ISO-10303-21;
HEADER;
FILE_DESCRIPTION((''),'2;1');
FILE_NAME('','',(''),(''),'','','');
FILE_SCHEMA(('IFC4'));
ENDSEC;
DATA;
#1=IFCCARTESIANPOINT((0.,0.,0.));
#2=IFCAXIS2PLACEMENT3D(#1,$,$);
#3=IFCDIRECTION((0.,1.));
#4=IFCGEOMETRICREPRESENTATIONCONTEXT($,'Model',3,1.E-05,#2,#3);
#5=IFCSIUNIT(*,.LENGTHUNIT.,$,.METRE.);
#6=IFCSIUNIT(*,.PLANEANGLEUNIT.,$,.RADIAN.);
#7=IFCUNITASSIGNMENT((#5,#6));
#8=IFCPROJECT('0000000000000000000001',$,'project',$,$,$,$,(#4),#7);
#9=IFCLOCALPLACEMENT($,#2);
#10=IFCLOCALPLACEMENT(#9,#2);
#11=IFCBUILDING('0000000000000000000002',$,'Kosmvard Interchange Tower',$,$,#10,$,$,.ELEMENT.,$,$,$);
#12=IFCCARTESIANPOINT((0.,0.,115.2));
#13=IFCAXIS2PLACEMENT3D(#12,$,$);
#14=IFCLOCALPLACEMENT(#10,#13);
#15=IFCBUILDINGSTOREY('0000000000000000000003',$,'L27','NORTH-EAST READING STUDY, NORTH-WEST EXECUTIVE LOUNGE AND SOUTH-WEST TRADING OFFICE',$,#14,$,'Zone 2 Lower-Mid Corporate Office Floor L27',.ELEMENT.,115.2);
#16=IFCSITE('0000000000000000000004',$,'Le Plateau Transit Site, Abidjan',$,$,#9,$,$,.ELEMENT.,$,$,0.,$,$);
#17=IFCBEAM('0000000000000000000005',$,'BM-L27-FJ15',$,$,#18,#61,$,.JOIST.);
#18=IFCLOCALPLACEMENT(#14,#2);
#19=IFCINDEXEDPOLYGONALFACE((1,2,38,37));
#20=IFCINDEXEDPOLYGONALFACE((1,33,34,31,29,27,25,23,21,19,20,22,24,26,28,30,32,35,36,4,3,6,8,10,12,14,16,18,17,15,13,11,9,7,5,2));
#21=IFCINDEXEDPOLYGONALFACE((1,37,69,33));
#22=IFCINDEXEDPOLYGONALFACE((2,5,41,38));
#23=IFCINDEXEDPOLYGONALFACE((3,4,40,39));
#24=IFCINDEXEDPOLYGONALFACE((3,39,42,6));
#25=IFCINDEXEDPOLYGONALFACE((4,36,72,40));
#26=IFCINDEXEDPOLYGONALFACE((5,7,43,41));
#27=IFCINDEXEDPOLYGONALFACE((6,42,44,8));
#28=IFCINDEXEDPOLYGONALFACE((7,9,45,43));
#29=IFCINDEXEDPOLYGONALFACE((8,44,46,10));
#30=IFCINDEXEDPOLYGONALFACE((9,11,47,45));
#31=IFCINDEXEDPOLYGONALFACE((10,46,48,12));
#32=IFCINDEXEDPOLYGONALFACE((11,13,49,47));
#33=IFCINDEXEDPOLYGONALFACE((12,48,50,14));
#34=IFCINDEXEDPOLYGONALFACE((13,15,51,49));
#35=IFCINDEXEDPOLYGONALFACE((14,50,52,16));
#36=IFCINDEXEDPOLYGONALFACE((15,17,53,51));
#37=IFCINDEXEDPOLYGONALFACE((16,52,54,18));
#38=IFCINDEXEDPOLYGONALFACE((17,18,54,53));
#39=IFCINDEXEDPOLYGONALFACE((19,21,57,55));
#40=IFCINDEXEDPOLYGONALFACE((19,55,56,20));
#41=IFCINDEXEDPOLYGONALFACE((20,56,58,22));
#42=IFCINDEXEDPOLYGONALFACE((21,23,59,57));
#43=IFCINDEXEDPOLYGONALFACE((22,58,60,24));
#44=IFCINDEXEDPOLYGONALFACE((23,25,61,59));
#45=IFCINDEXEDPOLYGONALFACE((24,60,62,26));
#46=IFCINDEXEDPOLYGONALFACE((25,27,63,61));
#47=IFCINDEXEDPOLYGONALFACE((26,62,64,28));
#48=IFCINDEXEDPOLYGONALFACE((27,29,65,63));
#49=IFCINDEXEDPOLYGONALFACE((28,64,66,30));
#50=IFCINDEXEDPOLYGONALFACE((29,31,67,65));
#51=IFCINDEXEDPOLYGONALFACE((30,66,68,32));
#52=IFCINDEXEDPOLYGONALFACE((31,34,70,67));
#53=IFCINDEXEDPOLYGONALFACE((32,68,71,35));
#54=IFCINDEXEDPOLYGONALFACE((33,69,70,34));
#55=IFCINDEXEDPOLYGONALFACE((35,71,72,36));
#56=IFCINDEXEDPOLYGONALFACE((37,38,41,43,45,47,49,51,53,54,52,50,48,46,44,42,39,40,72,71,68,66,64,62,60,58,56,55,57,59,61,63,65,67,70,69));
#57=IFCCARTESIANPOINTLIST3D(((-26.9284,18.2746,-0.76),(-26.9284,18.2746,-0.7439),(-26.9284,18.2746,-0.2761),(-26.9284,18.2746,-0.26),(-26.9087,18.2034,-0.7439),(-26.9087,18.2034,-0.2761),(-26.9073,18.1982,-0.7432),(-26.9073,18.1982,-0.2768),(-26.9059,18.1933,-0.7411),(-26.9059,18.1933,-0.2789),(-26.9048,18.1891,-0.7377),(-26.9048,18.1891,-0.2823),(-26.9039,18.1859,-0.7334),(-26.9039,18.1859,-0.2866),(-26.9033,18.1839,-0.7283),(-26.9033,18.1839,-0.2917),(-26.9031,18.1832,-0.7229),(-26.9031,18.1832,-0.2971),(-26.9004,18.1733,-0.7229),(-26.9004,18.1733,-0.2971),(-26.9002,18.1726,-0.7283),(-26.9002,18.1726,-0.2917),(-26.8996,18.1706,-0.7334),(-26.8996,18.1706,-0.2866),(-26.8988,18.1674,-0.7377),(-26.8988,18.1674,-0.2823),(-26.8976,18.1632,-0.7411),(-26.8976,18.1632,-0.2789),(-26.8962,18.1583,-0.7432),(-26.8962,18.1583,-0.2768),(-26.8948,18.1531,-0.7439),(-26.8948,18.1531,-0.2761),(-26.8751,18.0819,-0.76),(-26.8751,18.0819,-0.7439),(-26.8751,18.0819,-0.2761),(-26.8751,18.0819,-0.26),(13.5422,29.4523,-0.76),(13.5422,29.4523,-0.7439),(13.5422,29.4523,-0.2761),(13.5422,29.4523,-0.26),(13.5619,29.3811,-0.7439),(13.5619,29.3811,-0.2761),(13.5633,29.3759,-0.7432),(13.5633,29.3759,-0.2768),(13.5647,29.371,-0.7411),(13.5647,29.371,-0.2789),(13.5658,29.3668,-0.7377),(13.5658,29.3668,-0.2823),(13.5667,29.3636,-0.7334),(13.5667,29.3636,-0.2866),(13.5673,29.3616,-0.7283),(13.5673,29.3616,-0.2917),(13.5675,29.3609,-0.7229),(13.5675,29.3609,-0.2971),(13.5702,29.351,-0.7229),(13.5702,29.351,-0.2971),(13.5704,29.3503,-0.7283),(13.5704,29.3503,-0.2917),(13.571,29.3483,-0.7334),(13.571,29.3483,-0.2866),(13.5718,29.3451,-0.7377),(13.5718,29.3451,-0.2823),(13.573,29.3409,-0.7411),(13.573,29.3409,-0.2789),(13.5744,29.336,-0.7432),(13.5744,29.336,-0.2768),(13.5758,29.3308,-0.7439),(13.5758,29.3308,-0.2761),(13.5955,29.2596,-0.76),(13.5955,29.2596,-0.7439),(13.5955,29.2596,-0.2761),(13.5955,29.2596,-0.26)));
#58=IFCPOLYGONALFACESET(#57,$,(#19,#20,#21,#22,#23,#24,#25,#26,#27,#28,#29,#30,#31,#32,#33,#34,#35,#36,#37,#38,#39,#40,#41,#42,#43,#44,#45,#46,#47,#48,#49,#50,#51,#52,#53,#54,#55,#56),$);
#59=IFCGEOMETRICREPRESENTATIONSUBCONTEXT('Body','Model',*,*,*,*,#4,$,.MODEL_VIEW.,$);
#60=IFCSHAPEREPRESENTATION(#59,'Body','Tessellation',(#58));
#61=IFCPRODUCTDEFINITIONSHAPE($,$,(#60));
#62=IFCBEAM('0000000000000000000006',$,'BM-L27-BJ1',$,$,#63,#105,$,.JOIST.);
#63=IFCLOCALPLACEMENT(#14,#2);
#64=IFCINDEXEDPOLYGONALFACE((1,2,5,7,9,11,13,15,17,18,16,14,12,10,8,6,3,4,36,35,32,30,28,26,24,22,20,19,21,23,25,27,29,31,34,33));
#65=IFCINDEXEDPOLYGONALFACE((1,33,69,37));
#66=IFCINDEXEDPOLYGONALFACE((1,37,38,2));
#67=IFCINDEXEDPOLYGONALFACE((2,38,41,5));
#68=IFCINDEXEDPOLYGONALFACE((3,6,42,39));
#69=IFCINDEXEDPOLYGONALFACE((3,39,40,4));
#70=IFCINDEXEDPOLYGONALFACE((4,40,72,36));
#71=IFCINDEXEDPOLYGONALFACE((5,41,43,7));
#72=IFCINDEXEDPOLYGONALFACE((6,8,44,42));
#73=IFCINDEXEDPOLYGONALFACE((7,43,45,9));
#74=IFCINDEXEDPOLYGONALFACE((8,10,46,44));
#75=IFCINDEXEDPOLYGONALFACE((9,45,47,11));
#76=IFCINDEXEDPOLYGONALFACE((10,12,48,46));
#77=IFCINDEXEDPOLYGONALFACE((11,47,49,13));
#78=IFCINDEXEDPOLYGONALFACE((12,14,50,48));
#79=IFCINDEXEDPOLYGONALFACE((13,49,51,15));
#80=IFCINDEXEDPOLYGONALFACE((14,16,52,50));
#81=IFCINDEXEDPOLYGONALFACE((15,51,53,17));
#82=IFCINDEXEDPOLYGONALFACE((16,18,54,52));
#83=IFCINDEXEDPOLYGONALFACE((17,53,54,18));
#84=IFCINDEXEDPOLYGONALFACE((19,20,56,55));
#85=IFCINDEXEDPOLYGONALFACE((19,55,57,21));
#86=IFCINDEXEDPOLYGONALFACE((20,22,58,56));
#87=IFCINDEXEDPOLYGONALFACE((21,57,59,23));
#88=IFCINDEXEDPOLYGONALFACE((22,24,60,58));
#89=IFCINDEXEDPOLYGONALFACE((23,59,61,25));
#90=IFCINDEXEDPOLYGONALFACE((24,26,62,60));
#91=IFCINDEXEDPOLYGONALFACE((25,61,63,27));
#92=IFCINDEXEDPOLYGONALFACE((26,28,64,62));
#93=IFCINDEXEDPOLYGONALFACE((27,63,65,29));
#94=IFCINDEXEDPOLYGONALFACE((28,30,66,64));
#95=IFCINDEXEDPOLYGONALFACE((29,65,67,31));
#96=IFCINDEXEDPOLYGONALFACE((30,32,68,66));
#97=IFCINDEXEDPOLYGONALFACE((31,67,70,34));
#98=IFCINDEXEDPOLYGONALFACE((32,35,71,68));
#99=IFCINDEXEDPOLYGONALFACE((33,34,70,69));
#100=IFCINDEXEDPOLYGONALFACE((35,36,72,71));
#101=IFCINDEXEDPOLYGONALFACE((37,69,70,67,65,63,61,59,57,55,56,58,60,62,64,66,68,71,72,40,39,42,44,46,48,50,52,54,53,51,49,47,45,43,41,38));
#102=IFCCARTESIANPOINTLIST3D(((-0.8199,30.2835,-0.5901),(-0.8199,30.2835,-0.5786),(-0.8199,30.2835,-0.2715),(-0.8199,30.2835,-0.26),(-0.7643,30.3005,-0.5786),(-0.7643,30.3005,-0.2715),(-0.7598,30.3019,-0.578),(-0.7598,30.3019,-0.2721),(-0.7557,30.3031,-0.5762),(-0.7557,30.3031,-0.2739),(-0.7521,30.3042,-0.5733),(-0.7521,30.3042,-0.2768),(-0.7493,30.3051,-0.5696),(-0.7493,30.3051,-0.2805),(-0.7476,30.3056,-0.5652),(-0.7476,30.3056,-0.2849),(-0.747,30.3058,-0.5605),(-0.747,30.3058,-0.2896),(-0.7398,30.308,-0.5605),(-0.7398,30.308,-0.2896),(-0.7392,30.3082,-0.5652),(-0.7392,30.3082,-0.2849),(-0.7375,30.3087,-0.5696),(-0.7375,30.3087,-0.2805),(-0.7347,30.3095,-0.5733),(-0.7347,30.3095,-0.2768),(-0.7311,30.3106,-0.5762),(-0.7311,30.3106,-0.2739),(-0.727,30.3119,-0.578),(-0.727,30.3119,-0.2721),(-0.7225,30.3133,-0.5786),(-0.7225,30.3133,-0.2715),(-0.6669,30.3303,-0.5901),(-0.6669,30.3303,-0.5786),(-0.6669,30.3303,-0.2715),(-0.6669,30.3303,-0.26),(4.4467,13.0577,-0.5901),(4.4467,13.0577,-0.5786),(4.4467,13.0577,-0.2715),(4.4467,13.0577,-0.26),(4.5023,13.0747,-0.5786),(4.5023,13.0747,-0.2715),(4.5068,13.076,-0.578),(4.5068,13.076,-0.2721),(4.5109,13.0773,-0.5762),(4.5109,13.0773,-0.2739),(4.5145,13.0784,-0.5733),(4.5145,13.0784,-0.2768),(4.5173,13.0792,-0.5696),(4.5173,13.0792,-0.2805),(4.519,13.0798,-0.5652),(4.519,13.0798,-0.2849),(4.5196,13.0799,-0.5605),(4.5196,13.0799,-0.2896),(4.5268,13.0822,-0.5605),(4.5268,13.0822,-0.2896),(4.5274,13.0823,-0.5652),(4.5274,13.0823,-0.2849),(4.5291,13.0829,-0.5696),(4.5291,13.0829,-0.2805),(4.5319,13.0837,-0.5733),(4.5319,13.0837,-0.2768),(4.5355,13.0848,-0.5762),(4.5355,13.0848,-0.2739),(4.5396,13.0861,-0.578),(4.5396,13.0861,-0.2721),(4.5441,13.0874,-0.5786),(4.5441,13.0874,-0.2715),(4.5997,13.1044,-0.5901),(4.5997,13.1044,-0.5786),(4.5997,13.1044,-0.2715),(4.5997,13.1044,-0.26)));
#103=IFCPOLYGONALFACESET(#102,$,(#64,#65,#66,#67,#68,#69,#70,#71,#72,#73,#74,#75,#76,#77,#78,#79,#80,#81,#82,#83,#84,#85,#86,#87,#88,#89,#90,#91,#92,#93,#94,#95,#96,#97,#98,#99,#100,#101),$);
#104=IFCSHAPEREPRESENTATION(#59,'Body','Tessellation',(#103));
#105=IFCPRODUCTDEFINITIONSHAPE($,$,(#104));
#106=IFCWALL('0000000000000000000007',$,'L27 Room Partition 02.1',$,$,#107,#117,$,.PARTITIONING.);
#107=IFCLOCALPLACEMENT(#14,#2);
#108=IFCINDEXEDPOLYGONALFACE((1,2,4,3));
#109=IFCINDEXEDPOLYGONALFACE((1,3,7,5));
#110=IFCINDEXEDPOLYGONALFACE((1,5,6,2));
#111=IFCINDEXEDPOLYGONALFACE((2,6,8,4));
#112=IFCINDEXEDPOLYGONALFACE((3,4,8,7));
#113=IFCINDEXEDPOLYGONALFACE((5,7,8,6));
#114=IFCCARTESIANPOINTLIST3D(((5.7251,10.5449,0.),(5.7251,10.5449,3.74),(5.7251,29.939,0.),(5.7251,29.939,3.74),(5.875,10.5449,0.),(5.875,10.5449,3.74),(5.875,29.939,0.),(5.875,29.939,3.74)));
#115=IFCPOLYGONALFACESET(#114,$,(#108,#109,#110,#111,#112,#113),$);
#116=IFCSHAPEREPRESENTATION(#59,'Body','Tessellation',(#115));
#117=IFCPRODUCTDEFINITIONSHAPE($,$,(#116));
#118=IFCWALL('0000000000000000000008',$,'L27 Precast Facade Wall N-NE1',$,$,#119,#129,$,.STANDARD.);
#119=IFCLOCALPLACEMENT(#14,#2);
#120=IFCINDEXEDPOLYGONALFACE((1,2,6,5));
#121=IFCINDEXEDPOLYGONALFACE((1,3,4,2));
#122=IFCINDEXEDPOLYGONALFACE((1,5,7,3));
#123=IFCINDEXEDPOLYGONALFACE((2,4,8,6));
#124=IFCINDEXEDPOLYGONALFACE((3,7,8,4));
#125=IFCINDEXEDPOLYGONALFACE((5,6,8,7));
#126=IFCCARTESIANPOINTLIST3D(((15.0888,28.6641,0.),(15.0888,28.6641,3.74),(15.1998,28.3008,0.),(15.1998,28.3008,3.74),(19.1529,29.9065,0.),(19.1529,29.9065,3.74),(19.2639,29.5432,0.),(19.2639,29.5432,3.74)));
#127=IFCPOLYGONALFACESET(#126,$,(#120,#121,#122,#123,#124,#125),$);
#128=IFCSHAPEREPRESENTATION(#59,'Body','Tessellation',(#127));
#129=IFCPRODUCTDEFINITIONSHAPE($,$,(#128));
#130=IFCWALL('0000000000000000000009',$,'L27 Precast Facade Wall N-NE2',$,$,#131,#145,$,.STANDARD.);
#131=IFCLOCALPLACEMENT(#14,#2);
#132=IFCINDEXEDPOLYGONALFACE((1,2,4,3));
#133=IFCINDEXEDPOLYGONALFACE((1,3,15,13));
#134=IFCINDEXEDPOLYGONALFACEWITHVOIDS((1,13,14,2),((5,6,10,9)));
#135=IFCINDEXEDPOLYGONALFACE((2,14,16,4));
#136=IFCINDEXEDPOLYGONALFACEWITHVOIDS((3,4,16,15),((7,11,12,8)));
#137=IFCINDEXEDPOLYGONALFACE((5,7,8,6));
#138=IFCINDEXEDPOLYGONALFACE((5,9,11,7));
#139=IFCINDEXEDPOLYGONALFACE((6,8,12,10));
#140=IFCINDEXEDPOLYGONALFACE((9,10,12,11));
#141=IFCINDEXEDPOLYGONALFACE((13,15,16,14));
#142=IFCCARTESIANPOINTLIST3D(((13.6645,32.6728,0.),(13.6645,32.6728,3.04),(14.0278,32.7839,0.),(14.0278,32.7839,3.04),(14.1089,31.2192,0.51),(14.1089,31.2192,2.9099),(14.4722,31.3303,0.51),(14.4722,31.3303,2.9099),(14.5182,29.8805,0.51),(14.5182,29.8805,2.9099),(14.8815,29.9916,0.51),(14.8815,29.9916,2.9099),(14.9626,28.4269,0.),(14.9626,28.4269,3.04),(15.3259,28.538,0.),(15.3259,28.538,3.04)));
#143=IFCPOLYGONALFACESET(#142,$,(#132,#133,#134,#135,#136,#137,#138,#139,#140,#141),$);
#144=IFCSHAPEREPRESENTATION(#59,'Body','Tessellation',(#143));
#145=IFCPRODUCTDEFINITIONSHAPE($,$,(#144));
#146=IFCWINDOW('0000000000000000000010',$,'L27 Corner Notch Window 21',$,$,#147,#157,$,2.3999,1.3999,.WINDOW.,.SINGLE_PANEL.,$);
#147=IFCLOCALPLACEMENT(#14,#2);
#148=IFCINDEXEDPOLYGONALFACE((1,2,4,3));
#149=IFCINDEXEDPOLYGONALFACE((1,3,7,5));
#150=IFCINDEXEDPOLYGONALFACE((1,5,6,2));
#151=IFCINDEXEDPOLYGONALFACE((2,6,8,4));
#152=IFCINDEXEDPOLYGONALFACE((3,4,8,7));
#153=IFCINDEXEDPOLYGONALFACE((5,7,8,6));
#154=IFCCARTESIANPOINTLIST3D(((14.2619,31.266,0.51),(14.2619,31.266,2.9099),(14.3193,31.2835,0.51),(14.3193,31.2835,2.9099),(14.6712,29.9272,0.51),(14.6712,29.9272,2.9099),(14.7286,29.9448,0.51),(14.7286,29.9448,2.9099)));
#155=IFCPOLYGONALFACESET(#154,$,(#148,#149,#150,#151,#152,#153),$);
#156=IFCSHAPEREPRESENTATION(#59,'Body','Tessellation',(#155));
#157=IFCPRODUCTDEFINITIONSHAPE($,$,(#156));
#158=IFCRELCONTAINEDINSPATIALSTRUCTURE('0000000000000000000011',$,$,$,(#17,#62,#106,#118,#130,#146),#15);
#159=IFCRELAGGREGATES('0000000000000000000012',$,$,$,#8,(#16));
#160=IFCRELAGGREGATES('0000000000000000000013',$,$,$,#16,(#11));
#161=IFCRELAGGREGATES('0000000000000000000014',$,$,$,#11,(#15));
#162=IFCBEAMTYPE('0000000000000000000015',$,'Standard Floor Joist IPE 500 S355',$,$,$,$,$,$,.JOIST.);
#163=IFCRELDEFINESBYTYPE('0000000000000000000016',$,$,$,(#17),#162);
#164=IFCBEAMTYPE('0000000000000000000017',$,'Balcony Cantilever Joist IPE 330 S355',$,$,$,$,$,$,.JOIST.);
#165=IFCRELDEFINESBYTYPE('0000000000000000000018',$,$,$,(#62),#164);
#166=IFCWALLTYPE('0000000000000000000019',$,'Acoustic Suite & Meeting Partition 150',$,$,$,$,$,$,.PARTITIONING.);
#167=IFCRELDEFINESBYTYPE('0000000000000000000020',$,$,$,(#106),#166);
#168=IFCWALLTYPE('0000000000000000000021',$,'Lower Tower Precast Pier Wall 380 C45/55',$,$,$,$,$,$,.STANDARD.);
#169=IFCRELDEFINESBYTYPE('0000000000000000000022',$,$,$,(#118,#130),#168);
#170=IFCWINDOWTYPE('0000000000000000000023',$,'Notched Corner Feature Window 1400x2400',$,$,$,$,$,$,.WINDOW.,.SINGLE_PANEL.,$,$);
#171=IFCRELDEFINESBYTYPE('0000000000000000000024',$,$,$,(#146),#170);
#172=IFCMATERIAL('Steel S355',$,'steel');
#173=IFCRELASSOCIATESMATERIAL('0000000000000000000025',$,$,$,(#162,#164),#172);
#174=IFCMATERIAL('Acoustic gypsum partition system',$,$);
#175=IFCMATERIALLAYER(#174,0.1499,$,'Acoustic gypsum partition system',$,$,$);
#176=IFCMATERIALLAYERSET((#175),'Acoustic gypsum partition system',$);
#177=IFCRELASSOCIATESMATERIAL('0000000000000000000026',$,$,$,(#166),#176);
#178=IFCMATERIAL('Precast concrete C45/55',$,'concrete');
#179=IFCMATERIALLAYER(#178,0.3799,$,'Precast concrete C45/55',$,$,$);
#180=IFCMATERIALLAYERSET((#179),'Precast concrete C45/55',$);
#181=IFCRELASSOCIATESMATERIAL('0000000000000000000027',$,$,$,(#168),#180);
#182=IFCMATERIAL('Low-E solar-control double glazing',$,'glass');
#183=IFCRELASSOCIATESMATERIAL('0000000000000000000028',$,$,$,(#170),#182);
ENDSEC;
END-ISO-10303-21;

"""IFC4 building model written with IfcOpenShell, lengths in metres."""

from ifc_helpers import new_model, si_unit, direction, frame, frame_2d, origin, origin_2d, place, context, subcontext, project, spatial, rectangle, i_section, extrude, source, transform, mapped, material, layer, layer_set, material_profile, profile_set, type_object, element, fill, save


model = new_model("IFC4")

# Units and contexts
model_context = context("Model", 3, precision=1e-05, world=origin(), true_north=direction((0.0, 1.0)))
body_context = subcontext(model_context, "Body", "Model", "MODEL_VIEW")
ifc_project = project(units=[si_unit("LENGTHUNIT", "METRE"), si_unit("PLANEANGLEUNIT", "RADIAN")], contexts=[model_context])

# Site, building, storey
site_placement = place(None, origin())
site = spatial("IfcSite", under=ifc_project, at=site_placement, Name="Le Plateau Transit Site, Abidjan", CompositionType="ELEMENT", RefElevation=0.0)
building_placement = place(site_placement, origin())
building = spatial("IfcBuilding", under=site, at=building_placement, Name="Kosmvard Interchange Tower", CompositionType="ELEMENT")
storey_placement = place(building_placement, frame((0.0, 0.0, 115.2)))
storey = spatial("IfcBuildingStorey", under=building, at=storey_placement, Name="L27", Description="NORTH-EAST READING STUDY, NORTH-WEST EXECUTIVE LOUNGE AND SOUTH-WEST TRADING OFFICE", LongName="Zone 2 Lower-Mid Corporate Office Floor L27", CompositionType="ELEMENT", Elevation=115.2)

# Beams
ifc_material_1 = material(Name="Steel S355", Category="steel")
ifc_material_2 = material(Name="Precast concrete C45/55", Category="concrete")
ifc_material_profile_1 = material_profile(ifc_material_1, i_section(OverallWidth=0.2, OverallDepth=0.5, WebThickness=0.0103, FlangeThickness=0.0161, FilletRadius=0.021, at=origin_2d()), Name="IPE 500")
ifc_profile_set_1 = profile_set([ifc_material_profile_1], Name="Steel S355")
beam_type_1 = type_object("IfcBeamType", Name="Standard Floor Joist IPE 500 S355", PredefinedType="JOIST", material=ifc_profile_set_1)
shared_shape_1 = source(origin(), body_context, "Body", "SweptSolid", [
    extrude(i_section(OverallWidth=0.2, OverallDepth=0.5, WebThickness=0.0103, FlangeThickness=0.0161, FilletRadius=0.021, at=origin_2d()), origin(), (0.0, 0.0, 1.0), 41.9858),
])
beam_1_placement = place(storey_placement, frame((13.5688, 29.356, -0.51), z_axis=(-0.963911, -0.266226, 0.0), x_axis=(0.266226, -0.963911, 0.0)))
element("IfcBeam", 1, at=beam_1_placement, inside=storey, type_object=beam_type_1, Name="BM-L27-FJ15", PredefinedType="JOIST", context=body_context, shape_type="MappedRepresentation", body=[
    mapped(shared_shape_1, transform((0.0, 0.0, 0.0), scale=1.0)),
])
ifc_material_profile_2 = material_profile(ifc_material_1, i_section(OverallWidth=0.1599, OverallDepth=0.3301, WebThickness=0.0076, FlangeThickness=0.0115, FilletRadius=0.0181, at=origin_2d()), Name="IPE 330")
ifc_profile_set_2 = profile_set([ifc_material_profile_2], Name="Steel S355")
beam_type_2 = type_object("IfcBeamType", Name="Balcony Cantilever Joist IPE 330 S355", PredefinedType="JOIST", material=ifc_profile_set_2)
shared_shape_2 = source(origin(), body_context, "Body", "SweptSolid", [
    extrude(i_section(OverallWidth=0.1599, OverallDepth=0.3301, WebThickness=0.0076, FlangeThickness=0.0115, FilletRadius=0.0181, at=origin_2d()), origin(), (0.0, 0.0, 1.0), 18.0129),
])
beam_2_placement = place(storey_placement, frame((4.5232, 13.0811, -0.425), z_axis=(-0.292379, 0.956303, 0.0), x_axis=(-0.956303, -0.292379, 0.0)))
element("IfcBeam", 2, at=beam_2_placement, inside=storey, type_object=beam_type_2, Name="BM-L27-BJ1", PredefinedType="JOIST", context=body_context, shape_type="MappedRepresentation", body=[
    mapped(shared_shape_2, transform((0.0, 0.0, 0.0), scale=1.0)),
])

# Walls
ifc_material_3 = material(Name="Acoustic gypsum partition system")
ifc_layer_1 = layer(ifc_material_3, 0.1499, Name="Acoustic gypsum partition system")
ifc_layer_set_1 = layer_set([ifc_layer_1], Name="Acoustic gypsum partition system")
wall_type_1 = type_object("IfcWallType", Name="Acoustic Suite & Meeting Partition 150", PredefinedType="PARTITIONING", material=ifc_layer_set_1)
wall_1_placement = place(storey_placement, frame((5.8, 10.5449, 0.0), z_axis=(0.0, 0.0, 1.0), x_axis=(0.0, 1.0, 0.0)))
element("IfcWall", 3, at=wall_1_placement, inside=storey, type_object=wall_type_1, Name="L27 Room Partition 02.1", PredefinedType="PARTITIONING", context=body_context, shape_type="SweptSolid", body=[
    extrude(rectangle(XDim=19.394, YDim=0.1499, at=frame_2d((9.697, 0.0))), origin(), (0.0, 0.0, 1.0), 3.74),
])
ifc_layer_2 = layer(ifc_material_2, 0.3799, Name="Precast concrete C45/55")
ifc_layer_set_2 = layer_set([ifc_layer_2], Name="Precast concrete C45/55")
wall_type_2 = type_object("IfcWallType", Name="Lower Tower Precast Pier Wall 380 C45/55", PredefinedType="STANDARD", material=ifc_layer_set_2)
wall_2_placement = place(storey_placement, frame((19.2085, 29.7249, 0.0), z_axis=(0.0, 0.0, 1.0), x_axis=(-0.956313, -0.292346, 0.0)))
element("IfcWall", 4, at=wall_2_placement, inside=storey, type_object=wall_type_2, Name="L27 Precast Facade Wall N-NE1", PredefinedType="STANDARD", context=body_context, shape_type="SweptSolid", body=[
    extrude(rectangle(XDim=4.2498, YDim=0.3799, at=frame_2d((2.125, 0.0))), origin(), (0.0, 0.0, 1.0), 3.74),
])

# Wall, opening, window
wall_3_placement = place(storey_placement, frame((15.1443, 28.4824, 0.0), z_axis=(0.0, 0.0, 1.0), x_axis=(-0.292374, 0.956304, 0.0)))
wall_3 = element("IfcWall", 5, at=wall_3_placement, inside=storey, type_object=wall_type_2, Name="L27 Precast Facade Wall N-NE2", PredefinedType="STANDARD", context=body_context, shape_type="SweptSolid", body=[
    extrude(rectangle(XDim=4.4399, YDim=0.3799, at=frame_2d((2.22, 0.0))), origin(), (0.0, 0.0, 1.0), 3.04),
])
opening_1_placement = place(wall_3_placement, frame((1.52, 0.0, 0.51)))
opening_1 = element("IfcOpeningElement", 6, at=opening_1_placement, cuts=wall_3, PredefinedType="OPENING", context=body_context, shape_type="SweptSolid", body=[
    extrude(rectangle(XDim=1.3999, YDim=2.3999, at=frame_2d((0.7, 1.2))), frame((0.0, 0.2, 0.0), z_axis=(0.0, -1.0, 0.0), x_axis=(1.0, 0.0, 0.0)), (0.0, 0.0, 1.0), 0.3999),
])
ifc_material_4 = material(Name="Low-E solar-control double glazing", Category="glass")
window_type_1 = type_object("IfcWindowType", Name="Notched Corner Feature Window 1400x2400", PartitioningType="SINGLE_PANEL", PredefinedType="WINDOW", material=ifc_material_4)
shared_shape_3 = source(origin(), body_context, "Body", "SweptSolid", [
    extrude(rectangle(XDim=1.3999, YDim=2.3999, at=frame_2d((0.7, 1.2))), frame((0.0, 0.03, 0.0), z_axis=(0.0, -1.0, 0.0), x_axis=(1.0, 0.0, 0.0)), (0.0, 0.0, 1.0), 0.0601),
])
window_1_placement = place(opening_1_placement, origin())
window_1 = element("IfcWindow", 7, at=window_1_placement, inside=storey, type_object=window_type_1, Name="L27 Corner Notch Window 21", OverallHeight=2.3999, OverallWidth=1.3999, PartitioningType="SINGLE_PANEL", PredefinedType="WINDOW", context=body_context, shape_type="MappedRepresentation", body=[
    mapped(shared_shape_3, transform((0.0, 0.0, 0.0), scale=1.0)),
])
fill(opening_1, window_1)

save(model, "model.ifc")
